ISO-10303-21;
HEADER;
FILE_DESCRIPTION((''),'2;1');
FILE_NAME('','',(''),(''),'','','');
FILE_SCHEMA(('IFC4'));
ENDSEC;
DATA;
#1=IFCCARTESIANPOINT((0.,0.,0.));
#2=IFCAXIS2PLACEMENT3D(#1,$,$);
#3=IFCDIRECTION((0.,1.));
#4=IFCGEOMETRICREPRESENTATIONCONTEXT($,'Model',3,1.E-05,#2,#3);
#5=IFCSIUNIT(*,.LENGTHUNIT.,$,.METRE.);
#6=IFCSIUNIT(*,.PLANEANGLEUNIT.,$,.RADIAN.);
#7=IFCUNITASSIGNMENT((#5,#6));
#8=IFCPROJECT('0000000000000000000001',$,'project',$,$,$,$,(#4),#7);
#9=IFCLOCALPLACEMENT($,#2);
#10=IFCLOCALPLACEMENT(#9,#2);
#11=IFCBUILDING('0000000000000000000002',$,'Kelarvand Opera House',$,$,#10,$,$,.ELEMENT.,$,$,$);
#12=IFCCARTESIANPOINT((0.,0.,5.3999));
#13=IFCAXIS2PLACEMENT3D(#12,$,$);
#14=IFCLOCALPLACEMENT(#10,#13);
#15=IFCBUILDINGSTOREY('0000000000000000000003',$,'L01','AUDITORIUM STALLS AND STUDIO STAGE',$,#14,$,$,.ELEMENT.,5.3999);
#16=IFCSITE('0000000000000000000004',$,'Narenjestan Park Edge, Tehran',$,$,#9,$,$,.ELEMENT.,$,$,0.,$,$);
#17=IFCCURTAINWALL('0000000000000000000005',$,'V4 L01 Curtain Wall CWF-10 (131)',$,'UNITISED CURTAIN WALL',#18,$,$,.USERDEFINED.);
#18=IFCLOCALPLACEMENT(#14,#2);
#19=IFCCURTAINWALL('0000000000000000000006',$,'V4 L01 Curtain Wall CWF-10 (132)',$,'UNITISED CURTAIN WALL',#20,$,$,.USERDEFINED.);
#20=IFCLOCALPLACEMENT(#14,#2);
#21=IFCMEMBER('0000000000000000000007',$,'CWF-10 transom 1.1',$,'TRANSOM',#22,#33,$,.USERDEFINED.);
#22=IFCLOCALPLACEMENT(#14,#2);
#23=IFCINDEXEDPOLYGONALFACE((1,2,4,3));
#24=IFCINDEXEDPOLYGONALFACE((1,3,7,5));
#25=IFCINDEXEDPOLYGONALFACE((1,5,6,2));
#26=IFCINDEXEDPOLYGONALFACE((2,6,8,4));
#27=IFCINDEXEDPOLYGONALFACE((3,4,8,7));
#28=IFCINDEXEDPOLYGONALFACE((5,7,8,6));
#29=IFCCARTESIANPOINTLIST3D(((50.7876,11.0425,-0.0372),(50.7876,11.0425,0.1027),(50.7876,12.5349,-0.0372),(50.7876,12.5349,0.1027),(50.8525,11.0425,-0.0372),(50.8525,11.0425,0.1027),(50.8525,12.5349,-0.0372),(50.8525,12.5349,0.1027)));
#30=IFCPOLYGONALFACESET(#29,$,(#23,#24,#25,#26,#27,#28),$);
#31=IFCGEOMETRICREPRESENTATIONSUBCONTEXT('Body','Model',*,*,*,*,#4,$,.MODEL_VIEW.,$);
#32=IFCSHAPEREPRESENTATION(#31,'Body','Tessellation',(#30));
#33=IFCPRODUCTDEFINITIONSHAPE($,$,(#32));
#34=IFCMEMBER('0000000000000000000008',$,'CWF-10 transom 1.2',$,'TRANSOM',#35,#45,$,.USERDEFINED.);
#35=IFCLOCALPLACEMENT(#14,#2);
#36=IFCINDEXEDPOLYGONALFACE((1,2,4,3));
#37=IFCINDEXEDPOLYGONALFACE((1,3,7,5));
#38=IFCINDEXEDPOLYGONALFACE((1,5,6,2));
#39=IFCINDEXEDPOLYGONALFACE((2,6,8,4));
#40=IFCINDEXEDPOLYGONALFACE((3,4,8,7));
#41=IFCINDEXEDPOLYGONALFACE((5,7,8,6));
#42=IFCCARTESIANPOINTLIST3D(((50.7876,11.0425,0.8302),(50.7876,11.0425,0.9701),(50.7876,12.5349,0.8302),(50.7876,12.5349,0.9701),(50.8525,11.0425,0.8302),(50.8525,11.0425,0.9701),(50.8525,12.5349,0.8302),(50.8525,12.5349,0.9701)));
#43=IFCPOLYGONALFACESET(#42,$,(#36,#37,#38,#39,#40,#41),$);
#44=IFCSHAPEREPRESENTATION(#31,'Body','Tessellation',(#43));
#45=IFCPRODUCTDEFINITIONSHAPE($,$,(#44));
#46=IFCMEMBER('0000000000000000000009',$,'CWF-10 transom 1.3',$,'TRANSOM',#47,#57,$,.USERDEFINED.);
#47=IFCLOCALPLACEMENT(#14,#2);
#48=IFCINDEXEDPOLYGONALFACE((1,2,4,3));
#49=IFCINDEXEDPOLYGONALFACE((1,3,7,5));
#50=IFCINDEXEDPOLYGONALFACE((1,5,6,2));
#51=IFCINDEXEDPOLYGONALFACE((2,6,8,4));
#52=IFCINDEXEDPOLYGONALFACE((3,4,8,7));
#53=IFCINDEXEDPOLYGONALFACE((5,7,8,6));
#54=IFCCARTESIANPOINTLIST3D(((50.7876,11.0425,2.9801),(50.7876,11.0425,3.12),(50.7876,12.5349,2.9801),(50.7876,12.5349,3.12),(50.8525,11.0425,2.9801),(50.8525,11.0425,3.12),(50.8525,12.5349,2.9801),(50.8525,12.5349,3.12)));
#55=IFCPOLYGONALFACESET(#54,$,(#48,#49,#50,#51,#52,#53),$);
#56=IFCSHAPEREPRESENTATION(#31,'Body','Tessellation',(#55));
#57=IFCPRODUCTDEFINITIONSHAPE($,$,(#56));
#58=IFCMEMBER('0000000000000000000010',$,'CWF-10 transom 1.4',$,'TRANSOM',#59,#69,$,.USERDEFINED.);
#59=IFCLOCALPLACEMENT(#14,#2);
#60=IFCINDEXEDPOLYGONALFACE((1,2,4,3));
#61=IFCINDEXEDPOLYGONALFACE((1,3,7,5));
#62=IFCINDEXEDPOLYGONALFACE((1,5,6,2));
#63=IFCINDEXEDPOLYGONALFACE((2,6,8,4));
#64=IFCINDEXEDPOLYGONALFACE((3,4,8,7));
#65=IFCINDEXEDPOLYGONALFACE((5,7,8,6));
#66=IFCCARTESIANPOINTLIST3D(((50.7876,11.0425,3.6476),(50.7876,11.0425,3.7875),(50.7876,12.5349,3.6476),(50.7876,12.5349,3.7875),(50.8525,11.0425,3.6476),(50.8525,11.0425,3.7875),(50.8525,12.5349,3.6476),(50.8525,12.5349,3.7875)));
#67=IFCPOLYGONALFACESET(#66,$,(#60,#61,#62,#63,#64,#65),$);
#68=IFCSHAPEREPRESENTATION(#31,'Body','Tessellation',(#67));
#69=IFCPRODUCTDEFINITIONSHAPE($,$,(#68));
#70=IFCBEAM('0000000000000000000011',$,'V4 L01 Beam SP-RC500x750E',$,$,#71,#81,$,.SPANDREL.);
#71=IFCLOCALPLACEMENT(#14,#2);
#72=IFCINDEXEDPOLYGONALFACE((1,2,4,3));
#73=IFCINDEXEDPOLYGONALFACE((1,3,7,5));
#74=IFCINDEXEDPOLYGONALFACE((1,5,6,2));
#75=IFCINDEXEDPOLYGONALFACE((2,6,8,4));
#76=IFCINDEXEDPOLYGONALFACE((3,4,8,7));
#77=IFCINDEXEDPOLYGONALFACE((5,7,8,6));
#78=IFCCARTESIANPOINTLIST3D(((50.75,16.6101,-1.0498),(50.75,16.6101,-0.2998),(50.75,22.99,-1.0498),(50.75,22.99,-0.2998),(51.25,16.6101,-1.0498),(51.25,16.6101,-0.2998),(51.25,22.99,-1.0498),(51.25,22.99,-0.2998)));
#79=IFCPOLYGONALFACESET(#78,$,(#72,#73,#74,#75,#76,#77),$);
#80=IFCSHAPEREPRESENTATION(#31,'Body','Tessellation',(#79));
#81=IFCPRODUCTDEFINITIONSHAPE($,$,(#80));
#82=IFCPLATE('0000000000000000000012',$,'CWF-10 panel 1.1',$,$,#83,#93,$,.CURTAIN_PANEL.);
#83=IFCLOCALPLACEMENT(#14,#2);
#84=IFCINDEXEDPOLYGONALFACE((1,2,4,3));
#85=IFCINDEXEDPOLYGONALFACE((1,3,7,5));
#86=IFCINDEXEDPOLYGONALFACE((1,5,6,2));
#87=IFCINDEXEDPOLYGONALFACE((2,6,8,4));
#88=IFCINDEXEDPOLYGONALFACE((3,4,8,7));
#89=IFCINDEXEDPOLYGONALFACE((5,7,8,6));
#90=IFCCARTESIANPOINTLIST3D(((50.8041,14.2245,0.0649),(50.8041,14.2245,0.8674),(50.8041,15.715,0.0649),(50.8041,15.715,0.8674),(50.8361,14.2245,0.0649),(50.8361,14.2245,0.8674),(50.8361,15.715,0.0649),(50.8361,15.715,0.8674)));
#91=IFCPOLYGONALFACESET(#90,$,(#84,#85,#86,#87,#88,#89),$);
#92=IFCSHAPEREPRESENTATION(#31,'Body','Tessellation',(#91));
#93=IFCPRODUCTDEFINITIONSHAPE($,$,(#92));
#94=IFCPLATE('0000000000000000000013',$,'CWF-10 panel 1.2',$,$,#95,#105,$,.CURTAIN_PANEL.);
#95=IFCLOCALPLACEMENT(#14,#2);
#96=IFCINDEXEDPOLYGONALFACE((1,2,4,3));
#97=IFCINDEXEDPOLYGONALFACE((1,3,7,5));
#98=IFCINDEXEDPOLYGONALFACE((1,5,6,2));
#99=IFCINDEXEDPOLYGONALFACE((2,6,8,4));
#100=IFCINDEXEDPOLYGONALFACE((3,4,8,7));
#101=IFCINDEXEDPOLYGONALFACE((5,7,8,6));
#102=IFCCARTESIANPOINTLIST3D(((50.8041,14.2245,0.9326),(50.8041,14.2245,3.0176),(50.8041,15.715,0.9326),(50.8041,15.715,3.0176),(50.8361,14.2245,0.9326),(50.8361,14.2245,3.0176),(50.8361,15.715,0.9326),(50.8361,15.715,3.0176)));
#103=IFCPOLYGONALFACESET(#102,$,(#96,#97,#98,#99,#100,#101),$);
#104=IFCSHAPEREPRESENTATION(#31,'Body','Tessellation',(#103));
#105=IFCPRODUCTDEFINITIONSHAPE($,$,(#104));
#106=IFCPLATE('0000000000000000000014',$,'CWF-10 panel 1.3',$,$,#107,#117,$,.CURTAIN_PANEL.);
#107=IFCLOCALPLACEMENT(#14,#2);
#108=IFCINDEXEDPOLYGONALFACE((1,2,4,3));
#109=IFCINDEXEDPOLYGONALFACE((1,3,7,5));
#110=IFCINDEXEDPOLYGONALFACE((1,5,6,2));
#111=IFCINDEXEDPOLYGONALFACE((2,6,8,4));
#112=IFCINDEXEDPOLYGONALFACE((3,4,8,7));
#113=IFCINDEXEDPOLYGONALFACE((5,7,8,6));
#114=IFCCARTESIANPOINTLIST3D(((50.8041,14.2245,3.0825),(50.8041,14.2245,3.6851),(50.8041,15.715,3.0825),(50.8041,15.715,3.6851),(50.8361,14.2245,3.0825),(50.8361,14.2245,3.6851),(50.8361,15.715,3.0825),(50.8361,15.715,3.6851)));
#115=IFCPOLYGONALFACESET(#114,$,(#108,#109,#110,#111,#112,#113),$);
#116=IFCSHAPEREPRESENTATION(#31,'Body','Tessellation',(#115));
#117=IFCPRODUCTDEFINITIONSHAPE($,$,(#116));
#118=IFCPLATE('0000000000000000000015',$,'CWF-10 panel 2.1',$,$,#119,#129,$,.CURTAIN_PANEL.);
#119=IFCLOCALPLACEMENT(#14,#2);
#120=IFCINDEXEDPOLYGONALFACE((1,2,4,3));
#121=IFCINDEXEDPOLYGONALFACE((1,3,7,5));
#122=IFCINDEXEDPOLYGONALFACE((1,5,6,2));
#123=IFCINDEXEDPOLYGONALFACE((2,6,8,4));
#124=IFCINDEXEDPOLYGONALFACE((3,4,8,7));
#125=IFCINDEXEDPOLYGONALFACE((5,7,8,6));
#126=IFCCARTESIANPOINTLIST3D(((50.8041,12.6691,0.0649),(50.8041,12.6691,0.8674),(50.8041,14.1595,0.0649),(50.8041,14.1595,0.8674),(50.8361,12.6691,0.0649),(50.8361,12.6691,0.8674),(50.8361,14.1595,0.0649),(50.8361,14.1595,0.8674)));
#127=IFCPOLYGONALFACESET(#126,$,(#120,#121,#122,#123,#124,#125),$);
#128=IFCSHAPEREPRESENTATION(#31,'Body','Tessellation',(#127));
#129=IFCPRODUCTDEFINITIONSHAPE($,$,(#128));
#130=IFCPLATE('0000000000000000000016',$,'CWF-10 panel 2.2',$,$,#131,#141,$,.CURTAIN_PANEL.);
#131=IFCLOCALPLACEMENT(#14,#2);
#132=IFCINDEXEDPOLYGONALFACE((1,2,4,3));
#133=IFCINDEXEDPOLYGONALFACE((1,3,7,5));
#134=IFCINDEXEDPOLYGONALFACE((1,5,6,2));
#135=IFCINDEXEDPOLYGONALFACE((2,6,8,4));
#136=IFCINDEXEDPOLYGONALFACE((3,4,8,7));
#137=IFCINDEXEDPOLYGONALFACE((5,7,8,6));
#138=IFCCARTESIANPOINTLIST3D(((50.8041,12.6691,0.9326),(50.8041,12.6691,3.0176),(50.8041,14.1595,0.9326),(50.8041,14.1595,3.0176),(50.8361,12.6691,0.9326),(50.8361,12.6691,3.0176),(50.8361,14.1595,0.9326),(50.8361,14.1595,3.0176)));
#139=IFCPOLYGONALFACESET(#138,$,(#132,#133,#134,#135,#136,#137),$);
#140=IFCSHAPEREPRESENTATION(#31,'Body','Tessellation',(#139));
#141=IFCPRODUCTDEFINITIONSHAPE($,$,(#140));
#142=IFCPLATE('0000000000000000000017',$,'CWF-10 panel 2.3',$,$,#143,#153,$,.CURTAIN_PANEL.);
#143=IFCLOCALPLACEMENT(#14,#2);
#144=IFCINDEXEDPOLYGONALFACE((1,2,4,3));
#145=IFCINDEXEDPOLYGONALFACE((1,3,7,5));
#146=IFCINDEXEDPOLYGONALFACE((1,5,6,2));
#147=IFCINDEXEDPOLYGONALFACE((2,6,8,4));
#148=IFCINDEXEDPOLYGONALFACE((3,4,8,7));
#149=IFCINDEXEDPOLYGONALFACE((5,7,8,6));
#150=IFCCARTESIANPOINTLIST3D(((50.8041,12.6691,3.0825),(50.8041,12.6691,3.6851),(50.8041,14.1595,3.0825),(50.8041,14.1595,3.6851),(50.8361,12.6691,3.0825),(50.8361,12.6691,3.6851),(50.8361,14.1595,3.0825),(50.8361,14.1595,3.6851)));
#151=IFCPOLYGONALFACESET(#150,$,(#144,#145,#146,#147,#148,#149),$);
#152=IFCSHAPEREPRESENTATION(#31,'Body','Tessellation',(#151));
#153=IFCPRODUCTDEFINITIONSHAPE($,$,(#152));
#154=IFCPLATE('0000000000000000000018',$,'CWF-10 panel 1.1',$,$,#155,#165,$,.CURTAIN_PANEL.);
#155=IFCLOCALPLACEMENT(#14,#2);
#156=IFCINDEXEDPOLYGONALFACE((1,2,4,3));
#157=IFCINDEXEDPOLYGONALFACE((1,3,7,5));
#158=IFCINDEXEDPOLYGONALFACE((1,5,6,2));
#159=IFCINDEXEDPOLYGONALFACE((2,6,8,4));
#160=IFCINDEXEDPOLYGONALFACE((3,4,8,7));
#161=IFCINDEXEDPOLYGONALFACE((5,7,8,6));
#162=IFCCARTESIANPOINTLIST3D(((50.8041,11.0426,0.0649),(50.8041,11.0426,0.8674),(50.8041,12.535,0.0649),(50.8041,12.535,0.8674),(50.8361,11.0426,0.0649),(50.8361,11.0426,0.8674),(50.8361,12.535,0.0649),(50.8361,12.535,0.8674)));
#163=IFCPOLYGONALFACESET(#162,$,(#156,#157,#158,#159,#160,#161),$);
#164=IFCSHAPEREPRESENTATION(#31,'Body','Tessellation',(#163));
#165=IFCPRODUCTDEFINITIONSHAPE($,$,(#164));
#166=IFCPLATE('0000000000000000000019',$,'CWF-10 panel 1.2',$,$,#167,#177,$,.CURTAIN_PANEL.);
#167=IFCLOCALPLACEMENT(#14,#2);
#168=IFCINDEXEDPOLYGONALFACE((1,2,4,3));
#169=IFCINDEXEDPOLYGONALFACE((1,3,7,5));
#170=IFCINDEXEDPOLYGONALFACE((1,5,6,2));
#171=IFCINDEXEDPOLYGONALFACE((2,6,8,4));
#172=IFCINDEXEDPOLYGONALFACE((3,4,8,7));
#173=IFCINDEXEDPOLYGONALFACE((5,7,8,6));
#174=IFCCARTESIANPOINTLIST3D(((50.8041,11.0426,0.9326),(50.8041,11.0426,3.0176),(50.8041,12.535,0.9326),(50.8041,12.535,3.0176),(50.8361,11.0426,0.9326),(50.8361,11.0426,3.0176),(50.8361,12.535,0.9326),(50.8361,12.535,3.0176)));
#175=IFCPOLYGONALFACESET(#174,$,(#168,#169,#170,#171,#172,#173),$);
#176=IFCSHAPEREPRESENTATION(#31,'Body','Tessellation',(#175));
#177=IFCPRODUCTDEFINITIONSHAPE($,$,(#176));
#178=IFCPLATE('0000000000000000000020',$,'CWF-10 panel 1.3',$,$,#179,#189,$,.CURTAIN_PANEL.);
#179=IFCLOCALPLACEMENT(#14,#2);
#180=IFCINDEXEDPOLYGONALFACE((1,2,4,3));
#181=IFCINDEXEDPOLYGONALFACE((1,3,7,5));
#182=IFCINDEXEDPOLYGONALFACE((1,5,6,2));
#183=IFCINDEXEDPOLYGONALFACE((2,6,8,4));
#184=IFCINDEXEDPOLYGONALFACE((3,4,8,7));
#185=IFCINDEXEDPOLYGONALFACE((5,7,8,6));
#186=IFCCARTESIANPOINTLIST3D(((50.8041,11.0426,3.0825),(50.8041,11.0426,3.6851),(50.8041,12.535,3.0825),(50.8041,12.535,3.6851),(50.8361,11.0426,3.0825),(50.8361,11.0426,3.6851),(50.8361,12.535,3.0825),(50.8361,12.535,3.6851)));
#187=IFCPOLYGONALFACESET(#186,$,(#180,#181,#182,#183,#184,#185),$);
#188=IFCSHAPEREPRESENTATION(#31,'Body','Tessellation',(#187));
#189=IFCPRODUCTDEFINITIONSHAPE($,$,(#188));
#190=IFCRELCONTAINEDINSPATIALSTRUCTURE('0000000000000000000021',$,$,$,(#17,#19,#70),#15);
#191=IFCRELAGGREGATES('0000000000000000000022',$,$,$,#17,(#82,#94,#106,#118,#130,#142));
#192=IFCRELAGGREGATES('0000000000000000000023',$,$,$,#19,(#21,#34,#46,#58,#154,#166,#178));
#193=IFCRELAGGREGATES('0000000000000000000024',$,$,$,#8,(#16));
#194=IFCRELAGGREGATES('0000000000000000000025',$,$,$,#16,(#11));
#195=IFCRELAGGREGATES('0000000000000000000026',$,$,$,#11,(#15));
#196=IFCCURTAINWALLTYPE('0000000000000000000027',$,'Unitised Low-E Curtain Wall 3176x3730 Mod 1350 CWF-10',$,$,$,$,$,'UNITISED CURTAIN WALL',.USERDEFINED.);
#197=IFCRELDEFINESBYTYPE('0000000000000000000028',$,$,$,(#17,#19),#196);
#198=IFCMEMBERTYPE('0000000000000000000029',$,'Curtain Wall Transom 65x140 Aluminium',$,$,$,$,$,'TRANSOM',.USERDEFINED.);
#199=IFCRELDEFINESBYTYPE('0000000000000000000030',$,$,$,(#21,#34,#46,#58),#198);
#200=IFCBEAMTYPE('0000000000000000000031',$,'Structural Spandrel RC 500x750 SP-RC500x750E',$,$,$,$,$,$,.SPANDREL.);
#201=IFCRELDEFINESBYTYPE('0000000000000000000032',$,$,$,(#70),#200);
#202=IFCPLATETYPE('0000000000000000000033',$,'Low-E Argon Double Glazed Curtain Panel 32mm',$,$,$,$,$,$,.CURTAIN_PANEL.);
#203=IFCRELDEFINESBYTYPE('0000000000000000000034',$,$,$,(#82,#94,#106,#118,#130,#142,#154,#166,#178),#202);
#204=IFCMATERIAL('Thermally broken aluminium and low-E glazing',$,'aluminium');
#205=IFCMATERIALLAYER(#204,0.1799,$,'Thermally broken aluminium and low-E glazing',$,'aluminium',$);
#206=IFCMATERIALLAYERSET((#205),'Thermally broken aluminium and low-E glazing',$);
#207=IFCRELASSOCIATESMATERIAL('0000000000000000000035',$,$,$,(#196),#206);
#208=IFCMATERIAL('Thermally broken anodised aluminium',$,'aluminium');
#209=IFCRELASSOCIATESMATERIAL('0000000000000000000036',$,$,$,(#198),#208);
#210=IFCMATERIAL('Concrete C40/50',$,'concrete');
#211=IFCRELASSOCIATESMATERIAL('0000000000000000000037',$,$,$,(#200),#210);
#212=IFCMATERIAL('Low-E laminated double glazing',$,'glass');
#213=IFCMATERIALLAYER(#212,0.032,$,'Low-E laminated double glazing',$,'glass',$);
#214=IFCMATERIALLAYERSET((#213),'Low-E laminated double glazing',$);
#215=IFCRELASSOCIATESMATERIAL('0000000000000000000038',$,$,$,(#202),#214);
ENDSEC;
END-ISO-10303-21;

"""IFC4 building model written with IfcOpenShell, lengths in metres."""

from ifc_helpers import new_model, si_unit, direction, frame, origin, origin_2d, place, context, subcontext, project, spatial, rectangle, extrude, material, layer, layer_set, material_profile, profile_set, type_object, element, aggregate, save


model = new_model("IFC4")

# Units and contexts
model_context = context("Model", 3, precision=1e-05, world=origin(), true_north=direction((0.0, 1.0)))
body_context = subcontext(model_context, "Body", "Model", "MODEL_VIEW")
ifc_project = project(units=[si_unit("LENGTHUNIT", "METRE"), si_unit("PLANEANGLEUNIT", "RADIAN")], contexts=[model_context])

# Site, building, storey
site_placement = place(None, origin())
site = spatial("IfcSite", under=ifc_project, at=site_placement, Name="Narenjestan Park Edge, Tehran", CompositionType="ELEMENT", RefElevation=0.0)
building_placement = place(site_placement, origin())
building = spatial("IfcBuilding", under=site, at=building_placement, Name="Kelarvand Opera House", CompositionType="ELEMENT")
storey_placement = place(building_placement, frame((0.0, 0.0, 5.3999)))
storey = spatial("IfcBuildingStorey", under=building, at=storey_placement, Name="L01", Description="AUDITORIUM STALLS AND STUDIO STAGE", CompositionType="ELEMENT", Elevation=5.3999)

# Shared definitions
ifc_material_1 = material(Name="Concrete C40/50", Category="concrete")

# Curtain walls
ifc_material_2 = material(Name="Thermally broken aluminium and low-E glazing", Category="aluminium")
ifc_layer_1 = layer(ifc_material_2, 0.1799, Name="Thermally broken aluminium and low-E glazing", Category="aluminium")
ifc_layer_set_1 = layer_set([ifc_layer_1], Name="Thermally broken aluminium and low-E glazing")
curtain_wall_type = type_object("IfcCurtainWallType", Name="Unitised Low-E Curtain Wall 3176x3730 Mod 1350 CWF-10", ElementType="UNITISED CURTAIN WALL", PredefinedType="USERDEFINED", material=ifc_layer_set_1)
curtain_wall_1_placement = place(storey_placement, origin())
curtain_wall_1 = element("IfcCurtainWall", 1, at=curtain_wall_1_placement, inside=storey, type_object=curtain_wall_type, Name="V4 L01 Curtain Wall CWF-10 (131)", ObjectType="UNITISED CURTAIN WALL", PredefinedType="USERDEFINED")
ifc_material_3 = material(Name="Thermally broken anodised aluminium", Category="aluminium")
curtain_wall_2_placement = place(storey_placement, origin())
curtain_wall_2 = element("IfcCurtainWall", 2, at=curtain_wall_2_placement, inside=storey, type_object=curtain_wall_type, Name="V4 L01 Curtain Wall CWF-10 (132)", ObjectType="UNITISED CURTAIN WALL", PredefinedType="USERDEFINED")

# Members
ifc_material_profile_1 = material_profile(ifc_material_3, rectangle(XDim=0.0649, YDim=0.1399, at=origin_2d()), Name="ALU TRANSOM 65x140", Category="aluminium")
ifc_profile_set_1 = profile_set([ifc_material_profile_1], Name="Thermally broken anodised aluminium")
member_type_1 = type_object("IfcMemberType", Name="Curtain Wall Transom 65x140 Aluminium", ElementType="TRANSOM", PredefinedType="USERDEFINED", material=ifc_profile_set_1)
member_1_placement = place(storey_placement, frame((50.8201, 12.5349, 0.0327), z_axis=(0.0, -1.0, 0.0), x_axis=(1.0, 0.0, 0.0)))
member_1 = element("IfcMember", 3, at=member_1_placement, type_object=member_type_1, Name="CWF-10 transom 1.1", ObjectType="TRANSOM", PredefinedType="USERDEFINED", context=body_context, shape_type="SweptSolid", body=[
    extrude(rectangle(XDim=0.0649, YDim=0.1399, at=origin_2d()), origin(), (0.0, 0.0, 1.0), 1.4924),
])
member_2_placement = place(storey_placement, frame((50.8201, 12.5349, 0.9001), z_axis=(0.0, -1.0, 0.0), x_axis=(1.0, 0.0, 0.0)))
member_2 = element("IfcMember", 4, at=member_2_placement, type_object=member_type_1, Name="CWF-10 transom 1.2", ObjectType="TRANSOM", PredefinedType="USERDEFINED", context=body_context, shape_type="SweptSolid", body=[
    extrude(rectangle(XDim=0.0649, YDim=0.1399, at=origin_2d()), origin(), (0.0, 0.0, 1.0), 1.4924),
])
member_3_placement = place(storey_placement, frame((50.8201, 12.5349, 3.05), z_axis=(0.0, -1.0, 0.0), x_axis=(1.0, 0.0, 0.0)))
member_3 = element("IfcMember", 5, at=member_3_placement, type_object=member_type_1, Name="CWF-10 transom 1.3", ObjectType="TRANSOM", PredefinedType="USERDEFINED", context=body_context, shape_type="SweptSolid", body=[
    extrude(rectangle(XDim=0.0649, YDim=0.1399, at=origin_2d()), origin(), (0.0, 0.0, 1.0), 1.4924),
])
member_4_placement = place(storey_placement, frame((50.8201, 12.5349, 3.7175), z_axis=(0.0, -1.0, 0.0), x_axis=(1.0, 0.0, 0.0)))
member_4 = element("IfcMember", 6, at=member_4_placement, type_object=member_type_1, Name="CWF-10 transom 1.4", ObjectType="TRANSOM", PredefinedType="USERDEFINED", context=body_context, shape_type="SweptSolid", body=[
    extrude(rectangle(XDim=0.0649, YDim=0.1399, at=origin_2d()), origin(), (0.0, 0.0, 1.0), 1.4924),
])

# Beam
ifc_material_profile_2 = material_profile(ifc_material_1, rectangle(XDim=0.5, YDim=0.75, at=origin_2d()), Name="RC 500x750", Category="concrete")
ifc_profile_set_2 = profile_set([ifc_material_profile_2], Name="Concrete C40/50")
beam_type = type_object("IfcBeamType", Name="Structural Spandrel RC 500x750 SP-RC500x750E", PredefinedType="SPANDREL", material=ifc_profile_set_2)
beam_placement = place(storey_placement, frame((51.0, 16.6101, -0.6748), z_axis=(0.0, 1.0, 0.0), x_axis=(-1.0, 0.0, 0.0)))
element("IfcBeam", 7, at=beam_placement, inside=storey, type_object=beam_type, Name="V4 L01 Beam SP-RC500x750E", PredefinedType="SPANDREL", context=body_context, shape_type="SweptSolid", body=[
    extrude(rectangle(XDim=0.5, YDim=0.75, at=origin_2d()), origin(), (0.0, 0.0, 1.0), 6.3799),
])

# Plates
ifc_material_4 = material(Name="Low-E laminated double glazing", Category="glass")
ifc_layer_2 = layer(ifc_material_4, 0.032, Name="Low-E laminated double glazing", Category="glass")
ifc_layer_set_2 = layer_set([ifc_layer_2], Name="Low-E laminated double glazing")
plate_type = type_object("IfcPlateType", Name="Low-E Argon Double Glazed Curtain Panel 32mm", PredefinedType="CURTAIN_PANEL", material=ifc_layer_set_2)
plate_1_placement = place(storey_placement, frame((50.8201, 14.9697, 0.0649), z_axis=(0.0, 0.0, 1.0), x_axis=(0.0, -1.0, 0.0)))
plate_1 = element("IfcPlate", 8, at=plate_1_placement, type_object=plate_type, Name="CWF-10 panel 1.1", PredefinedType="CURTAIN_PANEL", context=body_context, shape_type="SweptSolid", body=[
    extrude(rectangle(XDim=1.4905, YDim=0.032, at=origin_2d()), origin(), (0.0, 0.0, 1.0), 0.8025),
])
plate_2_placement = place(storey_placement, frame((50.8201, 14.9697, 0.9326), z_axis=(0.0, 0.0, 1.0), x_axis=(0.0, -1.0, 0.0)))
plate_2 = element("IfcPlate", 9, at=plate_2_placement, type_object=plate_type, Name="CWF-10 panel 1.2", PredefinedType="CURTAIN_PANEL", context=body_context, shape_type="SweptSolid", body=[
    extrude(rectangle(XDim=1.4905, YDim=0.032, at=origin_2d()), origin(), (0.0, 0.0, 1.0), 2.085),
])
plate_3_placement = place(storey_placement, frame((50.8201, 14.9697, 3.0825), z_axis=(0.0, 0.0, 1.0), x_axis=(0.0, -1.0, 0.0)))
plate_3 = element("IfcPlate", 10, at=plate_3_placement, type_object=plate_type, Name="CWF-10 panel 1.3", PredefinedType="CURTAIN_PANEL", context=body_context, shape_type="SweptSolid", body=[
    extrude(rectangle(XDim=1.4905, YDim=0.032, at=origin_2d()), origin(), (0.0, 0.0, 1.0), 0.6025),
])
plate_4_placement = place(storey_placement, frame((50.8201, 13.4143, 0.0649), z_axis=(0.0, 0.0, 1.0), x_axis=(0.0, -1.0, 0.0)))
plate_4 = element("IfcPlate", 11, at=plate_4_placement, type_object=plate_type, Name="CWF-10 panel 2.1", PredefinedType="CURTAIN_PANEL", context=body_context, shape_type="SweptSolid", body=[
    extrude(rectangle(XDim=1.4905, YDim=0.032, at=origin_2d()), origin(), (0.0, 0.0, 1.0), 0.8025),
])
plate_5_placement = place(storey_placement, frame((50.8201, 13.4143, 0.9326), z_axis=(0.0, 0.0, 1.0), x_axis=(0.0, -1.0, 0.0)))
plate_5 = element("IfcPlate", 12, at=plate_5_placement, type_object=plate_type, Name="CWF-10 panel 2.2", PredefinedType="CURTAIN_PANEL", context=body_context, shape_type="SweptSolid", body=[
    extrude(rectangle(XDim=1.4905, YDim=0.032, at=origin_2d()), origin(), (0.0, 0.0, 1.0), 2.085),
])
plate_6_placement = place(storey_placement, frame((50.8201, 13.4143, 3.0825), z_axis=(0.0, 0.0, 1.0), x_axis=(0.0, -1.0, 0.0)))
plate_6 = element("IfcPlate", 13, at=plate_6_placement, type_object=plate_type, Name="CWF-10 panel 2.3", PredefinedType="CURTAIN_PANEL", context=body_context, shape_type="SweptSolid", body=[
    extrude(rectangle(XDim=1.4905, YDim=0.032, at=origin_2d()), origin(), (0.0, 0.0, 1.0), 0.6025),
])
aggregate(curtain_wall_1, [plate_1, plate_2, plate_3, plate_4, plate_5, plate_6])
plate_7_placement = place(storey_placement, frame((50.8201, 11.7888, 0.0649), z_axis=(0.0, 0.0, 1.0), x_axis=(0.0, -1.0, 0.0)))
plate_7 = element("IfcPlate", 14, at=plate_7_placement, type_object=plate_type, Name="CWF-10 panel 1.1", PredefinedType="CURTAIN_PANEL", context=body_context, shape_type="SweptSolid", body=[
    extrude(rectangle(XDim=1.4924, YDim=0.032, at=origin_2d()), origin(), (0.0, 0.0, 1.0), 0.8025),
])
plate_8_placement = place(storey_placement, frame((50.8201, 11.7888, 0.9326), z_axis=(0.0, 0.0, 1.0), x_axis=(0.0, -1.0, 0.0)))
plate_8 = element("IfcPlate", 15, at=plate_8_placement, type_object=plate_type, Name="CWF-10 panel 1.2", PredefinedType="CURTAIN_PANEL", context=body_context, shape_type="SweptSolid", body=[
    extrude(rectangle(XDim=1.4924, YDim=0.032, at=origin_2d()), origin(), (0.0, 0.0, 1.0), 2.085),
])
plate_9_placement = place(storey_placement, frame((50.8201, 11.7888, 3.0825), z_axis=(0.0, 0.0, 1.0), x_axis=(0.0, -1.0, 0.0)))
plate_9 = element("IfcPlate", 16, at=plate_9_placement, type_object=plate_type, Name="CWF-10 panel 1.3", PredefinedType="CURTAIN_PANEL", context=body_context, shape_type="SweptSolid", body=[
    extrude(rectangle(XDim=1.4924, YDim=0.032, at=origin_2d()), origin(), (0.0, 0.0, 1.0), 0.6025),
])
aggregate(curtain_wall_2, [member_1, member_2, member_3, member_4, plate_7, plate_8, plate_9])

save(model, "model.ifc")
